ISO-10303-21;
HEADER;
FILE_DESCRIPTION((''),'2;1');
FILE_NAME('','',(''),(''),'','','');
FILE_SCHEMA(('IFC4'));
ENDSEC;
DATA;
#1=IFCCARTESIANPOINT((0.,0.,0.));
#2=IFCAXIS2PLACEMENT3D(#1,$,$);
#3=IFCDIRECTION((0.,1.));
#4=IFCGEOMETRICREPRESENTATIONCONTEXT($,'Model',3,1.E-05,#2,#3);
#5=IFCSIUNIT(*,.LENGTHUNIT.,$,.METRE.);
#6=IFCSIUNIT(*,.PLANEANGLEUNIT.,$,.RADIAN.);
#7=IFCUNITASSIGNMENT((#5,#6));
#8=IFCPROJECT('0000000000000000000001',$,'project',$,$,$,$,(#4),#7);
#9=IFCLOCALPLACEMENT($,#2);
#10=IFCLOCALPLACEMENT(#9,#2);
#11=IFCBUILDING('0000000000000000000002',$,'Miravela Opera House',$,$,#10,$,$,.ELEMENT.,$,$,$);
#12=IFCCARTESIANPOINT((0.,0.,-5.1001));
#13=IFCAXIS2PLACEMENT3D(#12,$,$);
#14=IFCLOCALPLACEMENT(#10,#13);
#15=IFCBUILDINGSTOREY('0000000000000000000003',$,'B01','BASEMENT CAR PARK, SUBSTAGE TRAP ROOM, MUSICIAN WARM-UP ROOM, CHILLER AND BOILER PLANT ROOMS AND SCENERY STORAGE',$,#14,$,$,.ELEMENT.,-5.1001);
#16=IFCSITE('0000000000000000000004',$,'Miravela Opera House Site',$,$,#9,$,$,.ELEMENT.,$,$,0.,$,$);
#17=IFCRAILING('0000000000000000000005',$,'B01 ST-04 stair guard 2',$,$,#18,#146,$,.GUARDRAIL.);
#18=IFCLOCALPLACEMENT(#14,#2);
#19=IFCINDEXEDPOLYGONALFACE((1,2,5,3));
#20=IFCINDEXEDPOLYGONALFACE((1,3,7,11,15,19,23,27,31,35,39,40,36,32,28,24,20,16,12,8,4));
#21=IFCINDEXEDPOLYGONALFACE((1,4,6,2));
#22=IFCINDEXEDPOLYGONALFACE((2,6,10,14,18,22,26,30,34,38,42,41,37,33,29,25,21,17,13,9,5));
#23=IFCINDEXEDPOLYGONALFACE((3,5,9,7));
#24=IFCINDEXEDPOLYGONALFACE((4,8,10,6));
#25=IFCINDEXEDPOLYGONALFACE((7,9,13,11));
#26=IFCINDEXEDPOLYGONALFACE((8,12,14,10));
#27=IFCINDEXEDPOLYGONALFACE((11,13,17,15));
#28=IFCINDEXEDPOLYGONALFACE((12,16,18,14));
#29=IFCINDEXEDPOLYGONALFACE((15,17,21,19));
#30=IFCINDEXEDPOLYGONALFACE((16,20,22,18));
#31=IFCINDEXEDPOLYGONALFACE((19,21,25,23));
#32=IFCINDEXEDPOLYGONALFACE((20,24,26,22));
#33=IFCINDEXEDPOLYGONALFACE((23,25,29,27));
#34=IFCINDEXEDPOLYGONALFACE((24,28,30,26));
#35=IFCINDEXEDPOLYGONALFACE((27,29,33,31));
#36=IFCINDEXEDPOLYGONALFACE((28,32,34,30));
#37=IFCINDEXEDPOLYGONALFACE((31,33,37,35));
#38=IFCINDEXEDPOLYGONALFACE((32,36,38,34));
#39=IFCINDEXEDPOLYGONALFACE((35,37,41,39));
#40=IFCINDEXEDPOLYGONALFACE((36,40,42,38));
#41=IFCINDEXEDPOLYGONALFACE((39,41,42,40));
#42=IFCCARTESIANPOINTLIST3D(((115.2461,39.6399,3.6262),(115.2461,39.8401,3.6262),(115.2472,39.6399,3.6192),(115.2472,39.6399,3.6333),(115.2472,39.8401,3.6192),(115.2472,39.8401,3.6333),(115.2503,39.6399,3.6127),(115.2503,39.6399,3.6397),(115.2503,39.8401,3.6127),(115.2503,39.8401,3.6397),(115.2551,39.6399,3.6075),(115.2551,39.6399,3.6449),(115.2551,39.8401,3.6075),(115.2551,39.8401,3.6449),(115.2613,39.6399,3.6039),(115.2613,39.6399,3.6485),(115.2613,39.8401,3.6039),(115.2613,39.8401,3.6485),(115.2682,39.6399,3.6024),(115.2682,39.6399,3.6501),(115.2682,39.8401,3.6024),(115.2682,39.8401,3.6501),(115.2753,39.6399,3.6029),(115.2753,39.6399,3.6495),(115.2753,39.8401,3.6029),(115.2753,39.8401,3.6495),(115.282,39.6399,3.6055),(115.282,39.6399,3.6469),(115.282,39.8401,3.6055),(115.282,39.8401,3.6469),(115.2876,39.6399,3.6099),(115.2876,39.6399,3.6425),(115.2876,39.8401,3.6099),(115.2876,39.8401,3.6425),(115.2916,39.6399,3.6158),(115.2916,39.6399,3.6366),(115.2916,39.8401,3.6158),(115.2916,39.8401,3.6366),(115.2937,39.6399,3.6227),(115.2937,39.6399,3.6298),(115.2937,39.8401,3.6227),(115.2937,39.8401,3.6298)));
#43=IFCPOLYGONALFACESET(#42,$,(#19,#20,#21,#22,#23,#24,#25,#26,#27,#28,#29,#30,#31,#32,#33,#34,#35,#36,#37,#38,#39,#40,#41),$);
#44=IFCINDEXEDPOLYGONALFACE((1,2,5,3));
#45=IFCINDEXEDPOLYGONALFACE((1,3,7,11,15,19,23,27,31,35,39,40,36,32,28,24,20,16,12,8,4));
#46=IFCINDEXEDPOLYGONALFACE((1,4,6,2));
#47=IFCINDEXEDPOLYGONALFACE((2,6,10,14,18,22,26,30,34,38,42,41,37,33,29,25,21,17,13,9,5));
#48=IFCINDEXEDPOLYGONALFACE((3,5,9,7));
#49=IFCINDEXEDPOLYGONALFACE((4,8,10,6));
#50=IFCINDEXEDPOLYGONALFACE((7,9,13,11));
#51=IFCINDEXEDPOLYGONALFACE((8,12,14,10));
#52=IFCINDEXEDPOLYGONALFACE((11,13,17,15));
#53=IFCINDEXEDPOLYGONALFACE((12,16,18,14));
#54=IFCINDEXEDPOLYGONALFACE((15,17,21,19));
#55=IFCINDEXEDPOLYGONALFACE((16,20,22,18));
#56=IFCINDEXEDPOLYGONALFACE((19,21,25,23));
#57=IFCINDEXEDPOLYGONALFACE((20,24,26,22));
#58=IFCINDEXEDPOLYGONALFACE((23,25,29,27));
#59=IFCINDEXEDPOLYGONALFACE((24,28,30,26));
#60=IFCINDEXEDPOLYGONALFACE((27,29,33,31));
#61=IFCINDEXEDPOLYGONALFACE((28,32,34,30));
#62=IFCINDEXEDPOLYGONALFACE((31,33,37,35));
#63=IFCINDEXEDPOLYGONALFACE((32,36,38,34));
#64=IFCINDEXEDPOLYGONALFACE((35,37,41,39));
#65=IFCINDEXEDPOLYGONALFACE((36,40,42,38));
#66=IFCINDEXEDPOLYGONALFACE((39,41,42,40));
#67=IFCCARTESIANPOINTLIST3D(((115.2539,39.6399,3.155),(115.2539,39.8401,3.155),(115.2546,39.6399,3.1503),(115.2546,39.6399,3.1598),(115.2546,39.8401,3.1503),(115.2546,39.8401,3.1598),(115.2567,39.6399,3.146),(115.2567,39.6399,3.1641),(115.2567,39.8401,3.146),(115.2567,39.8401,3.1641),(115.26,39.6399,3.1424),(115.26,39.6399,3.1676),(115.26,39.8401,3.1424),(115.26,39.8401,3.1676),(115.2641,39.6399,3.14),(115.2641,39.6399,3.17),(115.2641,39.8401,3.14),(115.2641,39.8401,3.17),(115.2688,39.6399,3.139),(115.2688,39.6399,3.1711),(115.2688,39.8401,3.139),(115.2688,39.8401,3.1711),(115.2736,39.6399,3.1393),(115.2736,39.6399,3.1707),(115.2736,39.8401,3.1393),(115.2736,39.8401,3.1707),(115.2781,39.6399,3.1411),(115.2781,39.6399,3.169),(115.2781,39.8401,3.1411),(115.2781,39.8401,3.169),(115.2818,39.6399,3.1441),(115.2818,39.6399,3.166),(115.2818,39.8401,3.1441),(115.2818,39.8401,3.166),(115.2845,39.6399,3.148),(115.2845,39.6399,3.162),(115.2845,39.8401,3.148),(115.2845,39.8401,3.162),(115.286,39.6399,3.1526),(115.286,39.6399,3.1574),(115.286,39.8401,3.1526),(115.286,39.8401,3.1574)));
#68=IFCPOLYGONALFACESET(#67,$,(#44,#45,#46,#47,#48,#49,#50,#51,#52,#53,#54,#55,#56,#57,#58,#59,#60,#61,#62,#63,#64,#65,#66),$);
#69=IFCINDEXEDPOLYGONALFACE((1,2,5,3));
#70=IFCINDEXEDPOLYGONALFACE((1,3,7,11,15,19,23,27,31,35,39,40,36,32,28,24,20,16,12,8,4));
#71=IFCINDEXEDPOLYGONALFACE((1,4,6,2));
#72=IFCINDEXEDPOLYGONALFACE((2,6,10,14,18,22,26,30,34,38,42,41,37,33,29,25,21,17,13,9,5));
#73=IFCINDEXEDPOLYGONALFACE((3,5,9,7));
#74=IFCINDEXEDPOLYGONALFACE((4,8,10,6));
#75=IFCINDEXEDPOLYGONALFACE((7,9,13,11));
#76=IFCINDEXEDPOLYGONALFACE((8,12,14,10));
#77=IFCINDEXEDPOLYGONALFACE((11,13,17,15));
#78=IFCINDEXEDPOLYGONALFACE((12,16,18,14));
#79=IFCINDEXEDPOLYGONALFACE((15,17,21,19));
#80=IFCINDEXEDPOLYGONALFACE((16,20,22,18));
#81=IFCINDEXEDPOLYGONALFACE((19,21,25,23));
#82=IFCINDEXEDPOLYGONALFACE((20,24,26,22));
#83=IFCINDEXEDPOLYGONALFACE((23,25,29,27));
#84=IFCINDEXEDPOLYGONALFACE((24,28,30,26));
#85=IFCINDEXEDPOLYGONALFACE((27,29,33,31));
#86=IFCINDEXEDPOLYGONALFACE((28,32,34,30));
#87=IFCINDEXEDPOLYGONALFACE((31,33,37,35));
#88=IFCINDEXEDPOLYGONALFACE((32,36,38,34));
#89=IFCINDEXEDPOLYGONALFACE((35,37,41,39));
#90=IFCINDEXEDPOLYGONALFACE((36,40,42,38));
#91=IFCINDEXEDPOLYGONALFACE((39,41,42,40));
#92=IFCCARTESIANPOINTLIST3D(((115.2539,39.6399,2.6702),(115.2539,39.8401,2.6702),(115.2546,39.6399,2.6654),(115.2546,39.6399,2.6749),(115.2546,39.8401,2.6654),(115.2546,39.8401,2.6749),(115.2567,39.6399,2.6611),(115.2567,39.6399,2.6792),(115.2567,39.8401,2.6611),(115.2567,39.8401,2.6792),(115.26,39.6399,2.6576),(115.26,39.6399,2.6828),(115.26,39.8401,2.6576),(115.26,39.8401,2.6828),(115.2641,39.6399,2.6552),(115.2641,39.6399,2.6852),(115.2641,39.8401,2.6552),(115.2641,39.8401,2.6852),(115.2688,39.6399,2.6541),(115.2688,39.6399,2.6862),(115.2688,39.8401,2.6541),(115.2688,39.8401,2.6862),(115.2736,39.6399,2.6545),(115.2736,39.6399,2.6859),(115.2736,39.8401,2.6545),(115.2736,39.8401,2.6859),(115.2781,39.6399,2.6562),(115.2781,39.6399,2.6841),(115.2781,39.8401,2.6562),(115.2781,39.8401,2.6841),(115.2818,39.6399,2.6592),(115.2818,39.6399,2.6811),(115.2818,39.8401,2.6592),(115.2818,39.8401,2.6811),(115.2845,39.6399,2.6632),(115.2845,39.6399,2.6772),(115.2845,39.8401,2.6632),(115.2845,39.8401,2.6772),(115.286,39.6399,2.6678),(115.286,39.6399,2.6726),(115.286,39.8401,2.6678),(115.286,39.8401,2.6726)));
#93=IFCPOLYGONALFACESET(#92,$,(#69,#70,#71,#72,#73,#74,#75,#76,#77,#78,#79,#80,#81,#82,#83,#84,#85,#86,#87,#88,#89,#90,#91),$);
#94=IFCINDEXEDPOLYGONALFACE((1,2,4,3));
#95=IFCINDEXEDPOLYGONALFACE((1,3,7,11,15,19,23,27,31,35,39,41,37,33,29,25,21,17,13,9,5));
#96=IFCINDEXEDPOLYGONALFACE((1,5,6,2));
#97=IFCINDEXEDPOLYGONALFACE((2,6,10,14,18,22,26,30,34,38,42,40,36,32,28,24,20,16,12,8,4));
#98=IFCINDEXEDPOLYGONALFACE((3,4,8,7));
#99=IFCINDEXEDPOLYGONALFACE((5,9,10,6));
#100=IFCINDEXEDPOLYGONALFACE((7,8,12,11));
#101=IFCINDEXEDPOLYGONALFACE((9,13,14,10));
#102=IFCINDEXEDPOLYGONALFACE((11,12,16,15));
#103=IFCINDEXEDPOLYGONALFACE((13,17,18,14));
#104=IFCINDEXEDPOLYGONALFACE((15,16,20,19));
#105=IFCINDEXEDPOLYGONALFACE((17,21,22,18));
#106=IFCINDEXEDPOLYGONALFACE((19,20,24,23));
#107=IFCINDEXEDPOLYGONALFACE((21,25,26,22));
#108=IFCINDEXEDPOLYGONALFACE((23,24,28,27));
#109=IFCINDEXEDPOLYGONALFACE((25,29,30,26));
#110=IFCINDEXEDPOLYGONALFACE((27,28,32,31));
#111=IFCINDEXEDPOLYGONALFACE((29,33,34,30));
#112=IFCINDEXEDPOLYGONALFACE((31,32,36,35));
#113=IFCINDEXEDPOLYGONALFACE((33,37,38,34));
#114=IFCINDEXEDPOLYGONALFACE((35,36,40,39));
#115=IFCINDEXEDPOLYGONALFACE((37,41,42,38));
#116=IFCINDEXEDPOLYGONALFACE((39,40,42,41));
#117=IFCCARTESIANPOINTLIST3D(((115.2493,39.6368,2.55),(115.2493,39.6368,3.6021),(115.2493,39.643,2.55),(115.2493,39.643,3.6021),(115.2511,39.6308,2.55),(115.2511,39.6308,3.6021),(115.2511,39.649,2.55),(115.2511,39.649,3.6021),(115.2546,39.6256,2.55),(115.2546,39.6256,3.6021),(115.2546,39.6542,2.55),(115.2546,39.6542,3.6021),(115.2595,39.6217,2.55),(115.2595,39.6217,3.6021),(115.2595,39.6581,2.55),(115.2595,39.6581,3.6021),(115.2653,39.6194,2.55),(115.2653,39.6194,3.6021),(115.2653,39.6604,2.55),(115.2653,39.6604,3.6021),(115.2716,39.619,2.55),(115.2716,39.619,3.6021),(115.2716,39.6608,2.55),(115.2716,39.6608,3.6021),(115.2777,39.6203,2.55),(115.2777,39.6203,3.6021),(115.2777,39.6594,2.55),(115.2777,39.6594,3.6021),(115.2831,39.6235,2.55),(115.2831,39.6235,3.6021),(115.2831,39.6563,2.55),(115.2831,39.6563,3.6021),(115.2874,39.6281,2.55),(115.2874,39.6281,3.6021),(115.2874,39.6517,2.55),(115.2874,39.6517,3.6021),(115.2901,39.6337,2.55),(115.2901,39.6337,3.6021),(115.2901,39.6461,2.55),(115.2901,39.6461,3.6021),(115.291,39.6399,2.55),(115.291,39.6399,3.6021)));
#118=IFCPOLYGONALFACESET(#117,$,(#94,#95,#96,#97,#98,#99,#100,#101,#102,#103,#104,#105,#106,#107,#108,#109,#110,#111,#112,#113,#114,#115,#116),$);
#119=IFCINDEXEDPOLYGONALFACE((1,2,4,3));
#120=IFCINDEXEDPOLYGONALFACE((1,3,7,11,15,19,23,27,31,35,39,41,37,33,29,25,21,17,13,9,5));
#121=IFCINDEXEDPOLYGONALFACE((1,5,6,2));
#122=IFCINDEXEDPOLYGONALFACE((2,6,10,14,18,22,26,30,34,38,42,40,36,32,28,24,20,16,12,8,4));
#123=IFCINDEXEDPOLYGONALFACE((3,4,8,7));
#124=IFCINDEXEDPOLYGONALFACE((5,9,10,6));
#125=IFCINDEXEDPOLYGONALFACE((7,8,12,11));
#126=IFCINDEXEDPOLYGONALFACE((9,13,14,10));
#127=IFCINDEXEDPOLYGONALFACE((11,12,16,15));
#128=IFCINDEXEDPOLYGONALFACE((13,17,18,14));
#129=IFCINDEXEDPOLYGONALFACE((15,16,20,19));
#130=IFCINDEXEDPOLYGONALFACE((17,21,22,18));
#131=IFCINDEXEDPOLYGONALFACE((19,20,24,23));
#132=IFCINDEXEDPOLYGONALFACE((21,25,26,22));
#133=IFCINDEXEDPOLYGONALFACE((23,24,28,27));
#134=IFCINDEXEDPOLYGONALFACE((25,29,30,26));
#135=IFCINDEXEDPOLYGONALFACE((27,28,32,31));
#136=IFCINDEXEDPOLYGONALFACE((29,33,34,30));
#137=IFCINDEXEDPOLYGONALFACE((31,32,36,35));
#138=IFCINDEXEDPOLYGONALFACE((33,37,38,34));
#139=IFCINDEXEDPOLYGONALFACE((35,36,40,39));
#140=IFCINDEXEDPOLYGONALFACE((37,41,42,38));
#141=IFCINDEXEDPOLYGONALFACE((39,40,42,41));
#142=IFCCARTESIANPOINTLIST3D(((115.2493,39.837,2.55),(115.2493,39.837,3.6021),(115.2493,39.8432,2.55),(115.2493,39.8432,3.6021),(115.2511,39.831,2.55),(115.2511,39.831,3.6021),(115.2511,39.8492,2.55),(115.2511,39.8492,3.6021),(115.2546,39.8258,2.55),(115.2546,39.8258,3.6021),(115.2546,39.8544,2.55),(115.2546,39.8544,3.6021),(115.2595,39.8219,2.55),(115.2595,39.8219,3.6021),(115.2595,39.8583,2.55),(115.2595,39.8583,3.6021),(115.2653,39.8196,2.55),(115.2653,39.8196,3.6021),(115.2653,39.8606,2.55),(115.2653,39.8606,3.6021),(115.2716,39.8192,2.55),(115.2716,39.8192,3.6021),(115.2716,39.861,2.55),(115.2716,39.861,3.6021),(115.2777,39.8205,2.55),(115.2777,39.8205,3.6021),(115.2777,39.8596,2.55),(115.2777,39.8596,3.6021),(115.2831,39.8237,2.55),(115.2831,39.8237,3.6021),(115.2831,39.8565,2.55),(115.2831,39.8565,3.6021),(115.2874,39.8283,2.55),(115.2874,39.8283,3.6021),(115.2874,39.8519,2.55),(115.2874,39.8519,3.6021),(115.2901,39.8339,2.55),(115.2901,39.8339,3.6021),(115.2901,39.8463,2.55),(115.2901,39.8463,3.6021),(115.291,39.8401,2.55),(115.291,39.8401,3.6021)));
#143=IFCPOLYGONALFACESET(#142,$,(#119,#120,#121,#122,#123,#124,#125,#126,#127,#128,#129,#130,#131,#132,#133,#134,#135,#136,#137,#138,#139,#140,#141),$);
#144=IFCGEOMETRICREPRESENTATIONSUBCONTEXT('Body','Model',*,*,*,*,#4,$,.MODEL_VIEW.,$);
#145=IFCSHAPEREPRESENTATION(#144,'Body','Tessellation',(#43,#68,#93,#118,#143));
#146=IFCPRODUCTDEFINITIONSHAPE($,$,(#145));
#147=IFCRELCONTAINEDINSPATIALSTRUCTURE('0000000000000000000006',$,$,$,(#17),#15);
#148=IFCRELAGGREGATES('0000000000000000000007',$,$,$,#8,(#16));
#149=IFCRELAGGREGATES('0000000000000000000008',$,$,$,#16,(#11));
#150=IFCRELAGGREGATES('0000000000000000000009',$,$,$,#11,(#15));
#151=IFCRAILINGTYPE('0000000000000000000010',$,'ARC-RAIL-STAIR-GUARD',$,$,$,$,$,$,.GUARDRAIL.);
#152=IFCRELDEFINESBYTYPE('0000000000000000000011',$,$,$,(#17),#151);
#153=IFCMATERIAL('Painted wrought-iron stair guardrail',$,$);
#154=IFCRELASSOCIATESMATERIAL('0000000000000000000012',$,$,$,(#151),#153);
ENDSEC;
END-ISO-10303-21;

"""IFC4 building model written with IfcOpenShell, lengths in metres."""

from ifc_helpers import new_model, si_unit, direction, frame, origin, origin_2d, place, context, subcontext, project, spatial, circle, extrude, material, type_object, element, save


model = new_model("IFC4")

# Units and contexts
model_context = context("Model", 3, precision=1e-05, world=origin(), true_north=direction((0.0, 1.0)))
body_context = subcontext(model_context, "Body", "Model", "MODEL_VIEW")
ifc_project = project(units=[si_unit("LENGTHUNIT", "METRE"), si_unit("PLANEANGLEUNIT", "RADIAN")], contexts=[model_context])

# Site, building, storey
site_placement = place(None, origin())
site = spatial("IfcSite", under=ifc_project, at=site_placement, Name="Miravela Opera House Site", CompositionType="ELEMENT", RefElevation=0.0)
building_placement = place(site_placement, origin())
building = spatial("IfcBuilding", under=site, at=building_placement, Name="Miravela Opera House", CompositionType="ELEMENT")
storey_placement = place(building_placement, frame((0.0, 0.0, -5.1001)))
storey = spatial("IfcBuildingStorey", under=building, at=storey_placement, Name="B01", Description="BASEMENT CAR PARK, SUBSTAGE TRAP ROOM, MUSICIAN WARM-UP ROOM, CHILLER AND BOILER PLANT ROOMS AND SCENERY STORAGE", CompositionType="ELEMENT", Elevation=-5.1001)

# Railing
ifc_material_1 = material(Name="Painted wrought-iron stair guardrail")
railing_type_1 = type_object("IfcRailingType", Name="ARC-RAIL-STAIR-GUARD", PredefinedType="GUARDRAIL", material=ifc_material_1)
railing_1_placement = place(storey_placement, frame((115.27, 39.6399, 2.55)))
element("IfcRailing", 1, at=railing_1_placement, inside=storey, type_object=railing_type_1, Name="B01 ST-04 stair guard 2", PredefinedType="GUARDRAIL", context=body_context, shape_type="SweptSolid", body=[
    extrude(circle(Radius=0.0239, at=origin_2d()), frame((0.0, 0.0, 1.0762), z_axis=(0.0, 1.0, 0.0), x_axis=(-1.0, 0.0, 0.0)), (0.0, 0.0, 1.0), 0.2002),
    extrude(circle(Radius=0.0161, at=origin_2d()), frame((0.0, 0.0, 0.605), z_axis=(0.0, 1.0, 0.0), x_axis=(-1.0, 0.0, 0.0)), (0.0, 0.0, 1.0), 0.2002),
    extrude(circle(Radius=0.0161, at=origin_2d()), frame((0.0, 0.0, 0.1201), z_axis=(0.0, 1.0, 0.0), x_axis=(-1.0, 0.0, 0.0)), (0.0, 0.0, 1.0), 0.2002),
    extrude(circle(Radius=0.021, at=origin_2d()), origin(), (0.0, 0.0, 1.0), 1.052),
    extrude(circle(Radius=0.021, at=origin_2d()), frame((0.0, 0.2002, 0.0)), (0.0, 0.0, 1.0), 1.052),
])

save(model, "model.ifc")
